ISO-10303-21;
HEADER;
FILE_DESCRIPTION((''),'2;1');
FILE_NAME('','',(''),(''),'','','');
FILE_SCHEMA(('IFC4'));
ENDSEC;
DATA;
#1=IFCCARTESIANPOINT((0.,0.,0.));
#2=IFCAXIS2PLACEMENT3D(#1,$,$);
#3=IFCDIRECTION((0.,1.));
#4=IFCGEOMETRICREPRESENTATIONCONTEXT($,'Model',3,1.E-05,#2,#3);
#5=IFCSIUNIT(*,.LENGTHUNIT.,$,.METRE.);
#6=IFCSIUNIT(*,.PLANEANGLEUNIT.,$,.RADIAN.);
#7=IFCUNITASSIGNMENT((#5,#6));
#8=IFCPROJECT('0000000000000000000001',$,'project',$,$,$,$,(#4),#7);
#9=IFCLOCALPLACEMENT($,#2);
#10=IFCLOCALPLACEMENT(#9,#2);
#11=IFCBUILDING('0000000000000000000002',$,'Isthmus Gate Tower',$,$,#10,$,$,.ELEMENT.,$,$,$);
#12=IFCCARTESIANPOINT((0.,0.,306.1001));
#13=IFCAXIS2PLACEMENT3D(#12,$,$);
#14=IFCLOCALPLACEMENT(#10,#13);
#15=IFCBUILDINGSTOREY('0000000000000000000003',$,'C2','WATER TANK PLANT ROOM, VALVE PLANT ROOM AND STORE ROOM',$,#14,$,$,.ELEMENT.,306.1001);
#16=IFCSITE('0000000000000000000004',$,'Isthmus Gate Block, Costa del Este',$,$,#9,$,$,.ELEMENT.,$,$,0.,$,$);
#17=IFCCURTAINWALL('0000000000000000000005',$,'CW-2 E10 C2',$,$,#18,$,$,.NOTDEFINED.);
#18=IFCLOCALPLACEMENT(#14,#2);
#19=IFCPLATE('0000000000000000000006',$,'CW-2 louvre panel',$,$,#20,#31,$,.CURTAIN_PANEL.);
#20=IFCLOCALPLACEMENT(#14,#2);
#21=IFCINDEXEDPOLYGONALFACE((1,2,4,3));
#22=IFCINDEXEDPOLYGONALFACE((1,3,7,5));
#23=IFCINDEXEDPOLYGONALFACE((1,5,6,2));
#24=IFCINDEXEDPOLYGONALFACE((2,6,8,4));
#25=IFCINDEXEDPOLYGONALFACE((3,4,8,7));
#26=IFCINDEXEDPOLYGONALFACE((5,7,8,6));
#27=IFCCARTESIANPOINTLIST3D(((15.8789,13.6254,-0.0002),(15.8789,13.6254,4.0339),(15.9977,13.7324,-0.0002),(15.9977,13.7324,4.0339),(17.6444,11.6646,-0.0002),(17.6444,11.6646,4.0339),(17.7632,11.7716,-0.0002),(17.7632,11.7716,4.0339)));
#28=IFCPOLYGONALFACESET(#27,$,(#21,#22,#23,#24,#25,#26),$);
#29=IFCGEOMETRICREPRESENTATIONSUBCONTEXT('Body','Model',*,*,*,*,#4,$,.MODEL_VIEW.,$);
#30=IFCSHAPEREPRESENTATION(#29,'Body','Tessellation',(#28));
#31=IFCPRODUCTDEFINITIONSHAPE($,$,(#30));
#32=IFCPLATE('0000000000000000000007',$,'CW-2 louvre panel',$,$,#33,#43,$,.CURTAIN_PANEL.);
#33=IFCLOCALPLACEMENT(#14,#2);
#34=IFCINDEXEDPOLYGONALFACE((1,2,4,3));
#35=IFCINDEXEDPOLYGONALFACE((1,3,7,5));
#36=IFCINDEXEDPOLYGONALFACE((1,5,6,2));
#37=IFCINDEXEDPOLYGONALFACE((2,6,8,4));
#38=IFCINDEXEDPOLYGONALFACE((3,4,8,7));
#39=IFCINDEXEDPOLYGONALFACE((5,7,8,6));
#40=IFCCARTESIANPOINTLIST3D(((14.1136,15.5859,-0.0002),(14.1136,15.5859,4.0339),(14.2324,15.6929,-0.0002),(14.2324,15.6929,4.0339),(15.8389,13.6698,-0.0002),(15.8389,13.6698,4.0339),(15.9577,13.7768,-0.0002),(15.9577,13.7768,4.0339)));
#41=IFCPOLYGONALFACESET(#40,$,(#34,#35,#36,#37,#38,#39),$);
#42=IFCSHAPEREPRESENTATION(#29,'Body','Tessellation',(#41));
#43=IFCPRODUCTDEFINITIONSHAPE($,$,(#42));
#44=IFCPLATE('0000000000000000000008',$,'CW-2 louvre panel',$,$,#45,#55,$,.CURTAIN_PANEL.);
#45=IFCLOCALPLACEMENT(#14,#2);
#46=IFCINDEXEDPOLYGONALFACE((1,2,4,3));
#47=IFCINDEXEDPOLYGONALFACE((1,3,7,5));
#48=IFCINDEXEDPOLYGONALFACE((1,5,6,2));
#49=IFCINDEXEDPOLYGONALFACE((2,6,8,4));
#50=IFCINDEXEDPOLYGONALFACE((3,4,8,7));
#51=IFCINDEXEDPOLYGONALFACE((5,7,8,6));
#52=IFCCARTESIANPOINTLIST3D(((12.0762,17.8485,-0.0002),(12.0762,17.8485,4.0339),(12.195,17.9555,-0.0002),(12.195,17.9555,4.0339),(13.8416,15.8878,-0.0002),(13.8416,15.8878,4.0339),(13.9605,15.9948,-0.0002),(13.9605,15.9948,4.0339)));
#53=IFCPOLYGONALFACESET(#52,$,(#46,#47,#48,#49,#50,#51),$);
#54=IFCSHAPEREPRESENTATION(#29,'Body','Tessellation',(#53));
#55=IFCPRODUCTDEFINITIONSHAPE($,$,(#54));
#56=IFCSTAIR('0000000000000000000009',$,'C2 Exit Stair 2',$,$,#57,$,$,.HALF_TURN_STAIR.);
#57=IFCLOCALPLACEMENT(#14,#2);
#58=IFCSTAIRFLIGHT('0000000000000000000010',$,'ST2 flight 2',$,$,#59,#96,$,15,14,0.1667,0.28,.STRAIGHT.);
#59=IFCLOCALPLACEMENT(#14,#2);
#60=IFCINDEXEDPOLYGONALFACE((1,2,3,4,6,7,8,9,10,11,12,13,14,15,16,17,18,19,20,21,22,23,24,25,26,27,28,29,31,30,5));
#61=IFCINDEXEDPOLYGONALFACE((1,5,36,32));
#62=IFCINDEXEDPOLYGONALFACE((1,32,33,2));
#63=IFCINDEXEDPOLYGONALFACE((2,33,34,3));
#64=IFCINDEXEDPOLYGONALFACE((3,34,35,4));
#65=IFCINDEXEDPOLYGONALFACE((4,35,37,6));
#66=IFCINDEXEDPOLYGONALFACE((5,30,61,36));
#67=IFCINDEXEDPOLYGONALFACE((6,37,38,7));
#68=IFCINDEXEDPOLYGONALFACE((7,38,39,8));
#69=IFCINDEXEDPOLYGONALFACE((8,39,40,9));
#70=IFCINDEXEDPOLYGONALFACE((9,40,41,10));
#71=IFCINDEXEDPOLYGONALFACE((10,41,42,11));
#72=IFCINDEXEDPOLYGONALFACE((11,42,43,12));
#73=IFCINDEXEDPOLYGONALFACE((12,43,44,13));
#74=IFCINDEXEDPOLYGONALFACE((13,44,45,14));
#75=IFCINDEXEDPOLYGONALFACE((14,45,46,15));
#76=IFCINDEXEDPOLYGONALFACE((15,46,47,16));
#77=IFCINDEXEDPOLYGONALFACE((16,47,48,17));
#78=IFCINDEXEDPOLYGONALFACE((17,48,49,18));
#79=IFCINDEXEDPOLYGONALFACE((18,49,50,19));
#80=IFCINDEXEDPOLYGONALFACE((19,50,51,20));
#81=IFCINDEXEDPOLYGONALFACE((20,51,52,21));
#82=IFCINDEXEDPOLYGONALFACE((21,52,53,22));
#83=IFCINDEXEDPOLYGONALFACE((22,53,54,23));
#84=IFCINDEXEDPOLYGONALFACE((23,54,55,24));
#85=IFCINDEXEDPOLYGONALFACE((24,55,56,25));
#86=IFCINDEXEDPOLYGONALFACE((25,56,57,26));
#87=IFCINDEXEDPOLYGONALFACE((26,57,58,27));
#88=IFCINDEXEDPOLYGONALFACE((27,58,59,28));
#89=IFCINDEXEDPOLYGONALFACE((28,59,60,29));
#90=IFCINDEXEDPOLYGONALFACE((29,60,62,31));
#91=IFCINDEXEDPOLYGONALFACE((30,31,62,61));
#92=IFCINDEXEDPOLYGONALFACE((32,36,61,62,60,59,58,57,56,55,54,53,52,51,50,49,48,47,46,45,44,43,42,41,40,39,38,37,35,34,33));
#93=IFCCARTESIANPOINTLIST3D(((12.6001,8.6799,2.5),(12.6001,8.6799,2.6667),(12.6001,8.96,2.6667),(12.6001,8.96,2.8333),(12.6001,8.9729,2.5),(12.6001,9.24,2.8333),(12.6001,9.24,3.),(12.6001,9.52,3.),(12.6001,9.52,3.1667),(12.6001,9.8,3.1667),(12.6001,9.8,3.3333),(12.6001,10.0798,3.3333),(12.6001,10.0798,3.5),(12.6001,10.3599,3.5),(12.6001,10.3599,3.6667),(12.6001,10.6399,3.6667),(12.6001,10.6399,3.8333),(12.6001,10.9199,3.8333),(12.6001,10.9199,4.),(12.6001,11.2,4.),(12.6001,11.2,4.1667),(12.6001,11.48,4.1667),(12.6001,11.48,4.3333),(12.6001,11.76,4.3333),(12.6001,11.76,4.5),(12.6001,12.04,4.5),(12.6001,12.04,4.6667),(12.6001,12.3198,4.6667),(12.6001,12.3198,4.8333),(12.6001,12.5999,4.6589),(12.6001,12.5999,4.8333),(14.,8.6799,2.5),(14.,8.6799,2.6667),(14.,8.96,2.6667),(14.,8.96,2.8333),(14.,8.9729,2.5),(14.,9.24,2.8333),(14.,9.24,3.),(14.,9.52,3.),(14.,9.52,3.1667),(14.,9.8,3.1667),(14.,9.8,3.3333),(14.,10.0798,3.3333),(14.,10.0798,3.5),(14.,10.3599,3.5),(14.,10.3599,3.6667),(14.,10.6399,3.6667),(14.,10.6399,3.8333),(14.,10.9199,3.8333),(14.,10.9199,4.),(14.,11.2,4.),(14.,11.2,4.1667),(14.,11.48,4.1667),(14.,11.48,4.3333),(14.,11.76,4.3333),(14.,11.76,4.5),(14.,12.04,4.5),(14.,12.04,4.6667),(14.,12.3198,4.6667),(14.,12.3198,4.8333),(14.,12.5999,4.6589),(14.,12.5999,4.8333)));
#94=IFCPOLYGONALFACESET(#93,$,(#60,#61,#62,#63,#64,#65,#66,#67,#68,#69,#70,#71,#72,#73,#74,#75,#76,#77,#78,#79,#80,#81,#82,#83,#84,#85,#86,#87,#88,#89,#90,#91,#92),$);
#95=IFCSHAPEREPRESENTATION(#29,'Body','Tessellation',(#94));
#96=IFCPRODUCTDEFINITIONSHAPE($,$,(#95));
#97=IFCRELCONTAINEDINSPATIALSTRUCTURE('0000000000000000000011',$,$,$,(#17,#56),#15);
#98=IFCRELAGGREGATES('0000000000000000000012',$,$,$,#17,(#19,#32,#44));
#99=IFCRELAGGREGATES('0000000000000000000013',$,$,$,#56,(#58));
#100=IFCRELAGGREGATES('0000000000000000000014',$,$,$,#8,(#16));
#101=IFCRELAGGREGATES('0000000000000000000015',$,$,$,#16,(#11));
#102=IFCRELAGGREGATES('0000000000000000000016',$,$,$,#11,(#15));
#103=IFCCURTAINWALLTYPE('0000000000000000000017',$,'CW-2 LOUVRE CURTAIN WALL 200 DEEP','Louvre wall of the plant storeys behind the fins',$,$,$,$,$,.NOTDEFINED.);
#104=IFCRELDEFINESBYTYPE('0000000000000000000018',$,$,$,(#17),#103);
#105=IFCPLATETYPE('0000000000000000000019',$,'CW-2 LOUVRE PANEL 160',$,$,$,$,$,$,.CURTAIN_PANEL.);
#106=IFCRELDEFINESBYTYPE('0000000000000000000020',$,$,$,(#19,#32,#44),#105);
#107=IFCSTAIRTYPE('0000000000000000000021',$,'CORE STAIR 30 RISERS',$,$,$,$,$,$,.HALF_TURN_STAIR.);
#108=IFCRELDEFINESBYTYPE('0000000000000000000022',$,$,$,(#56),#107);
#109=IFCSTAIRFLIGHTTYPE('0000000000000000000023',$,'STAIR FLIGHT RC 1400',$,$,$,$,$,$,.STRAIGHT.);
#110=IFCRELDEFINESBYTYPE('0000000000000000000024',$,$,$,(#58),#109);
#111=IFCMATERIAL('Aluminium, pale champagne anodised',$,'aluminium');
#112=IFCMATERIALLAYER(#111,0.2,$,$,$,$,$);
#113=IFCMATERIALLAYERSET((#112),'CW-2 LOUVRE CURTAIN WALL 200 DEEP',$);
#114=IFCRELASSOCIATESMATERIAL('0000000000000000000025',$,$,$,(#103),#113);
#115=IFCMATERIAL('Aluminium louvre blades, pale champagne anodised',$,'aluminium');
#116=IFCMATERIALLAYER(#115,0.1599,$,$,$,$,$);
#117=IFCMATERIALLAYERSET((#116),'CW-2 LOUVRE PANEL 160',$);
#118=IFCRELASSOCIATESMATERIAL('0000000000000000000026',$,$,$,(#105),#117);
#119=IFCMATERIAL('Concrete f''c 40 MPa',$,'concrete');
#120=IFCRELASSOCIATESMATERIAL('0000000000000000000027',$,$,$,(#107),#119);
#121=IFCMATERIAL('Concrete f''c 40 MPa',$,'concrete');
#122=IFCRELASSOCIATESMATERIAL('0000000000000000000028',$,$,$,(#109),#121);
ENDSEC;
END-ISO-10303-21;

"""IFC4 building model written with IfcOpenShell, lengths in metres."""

from ifc_helpers import new_model, si_unit, direction, frame, origin, origin_2d, place, context, subcontext, project, spatial, polyline, rectangle, outline, extrude, material, layer, layer_set, type_object, element, aggregate, save


model = new_model("IFC4")

# Units and contexts
model_context = context("Model", 3, precision=1e-05, world=origin(), true_north=direction((0.0, 1.0)))
body_context = subcontext(model_context, "Body", "Model", "MODEL_VIEW")
ifc_project = project(units=[si_unit("LENGTHUNIT", "METRE"), si_unit("PLANEANGLEUNIT", "RADIAN")], contexts=[model_context])

# Site, building, storey
site_placement = place(None, origin())
site = spatial("IfcSite", under=ifc_project, at=site_placement, Name="Isthmus Gate Block, Costa del Este", CompositionType="ELEMENT", RefElevation=0.0)
building_placement = place(site_placement, origin())
building = spatial("IfcBuilding", under=site, at=building_placement, Name="Isthmus Gate Tower", CompositionType="ELEMENT")
storey_placement = place(building_placement, frame((0.0, 0.0, 306.1001)))
storey = spatial("IfcBuildingStorey", under=building, at=storey_placement, Name="C2", Description="WATER TANK PLANT ROOM, VALVE PLANT ROOM AND STORE ROOM", CompositionType="ELEMENT", Elevation=306.1001)

# Curtain wall
ifc_material_1 = material(Name="Aluminium, pale champagne anodised", Category="aluminium")
ifc_layer_1 = layer(ifc_material_1, 0.2)
ifc_layer_set_1 = layer_set([ifc_layer_1], Name="CW-2 LOUVRE CURTAIN WALL 200 DEEP")
curtain_wall_type = type_object("IfcCurtainWallType", Name="CW-2 LOUVRE CURTAIN WALL 200 DEEP", Description="Louvre wall of the plant storeys behind the fins", PredefinedType="NOTDEFINED", material=ifc_layer_set_1)
curtain_wall_placement = place(storey_placement, origin())
curtain_wall = element("IfcCurtainWall", 1, at=curtain_wall_placement, inside=storey, type_object=curtain_wall_type, Name="CW-2 E10 C2", PredefinedType="NOTDEFINED")

# Plates
ifc_material_2 = material(Name="Aluminium louvre blades, pale champagne anodised", Category="aluminium")
ifc_layer_2 = layer(ifc_material_2, 0.1599)
ifc_layer_set_2 = layer_set([ifc_layer_2], Name="CW-2 LOUVRE PANEL 160")
plate_type = type_object("IfcPlateType", Name="CW-2 LOUVRE PANEL 160", PredefinedType="CURTAIN_PANEL", material=ifc_layer_set_2)
plate_1_placement = place(storey_placement, frame((16.821, 12.6985, -0.0002), z_axis=(0.0, 0.0, 1.0), x_axis=(-0.669131, 0.743145, 0.0)))
plate_1 = element("IfcPlate", 2, at=plate_1_placement, type_object=plate_type, Name="CW-2 louvre panel", PredefinedType="CURTAIN_PANEL", context=body_context, shape_type="SweptSolid", body=[
    extrude(rectangle(XDim=2.6384, YDim=0.1599, at=origin_2d()), origin(), (0.0, 0.0, 1.0), 4.0342),
])
plate_2_placement = place(storey_placement, frame((15.0356, 14.6814, -0.0002), z_axis=(0.0, 0.0, 1.0), x_axis=(-0.669131, 0.743145, 0.0)))
plate_2 = element("IfcPlate", 3, at=plate_2_placement, type_object=plate_type, Name="CW-2 louvre panel", PredefinedType="CURTAIN_PANEL", context=body_context, shape_type="SweptSolid", body=[
    extrude(rectangle(XDim=2.5784, YDim=0.1599, at=origin_2d()), origin(), (0.0, 0.0, 1.0), 4.0342),
])
plate_3_placement = place(storey_placement, frame((13.0183, 16.9216, -0.0002), z_axis=(0.0, 0.0, 1.0), x_axis=(-0.669131, 0.743145, 0.0)))
plate_3 = element("IfcPlate", 4, at=plate_3_placement, type_object=plate_type, Name="CW-2 louvre panel", PredefinedType="CURTAIN_PANEL", context=body_context, shape_type="SweptSolid", body=[
    extrude(rectangle(XDim=2.6384, YDim=0.1599, at=origin_2d()), origin(), (0.0, 0.0, 1.0), 4.0342),
])
aggregate(curtain_wall, [plate_1, plate_2, plate_3])

# Stair, stair flight
ifc_material_3 = material(Name="Concrete f'c 40 MPa", Category="concrete")
stair_type = type_object("IfcStairType", Name="CORE STAIR 30 RISERS", PredefinedType="HALF_TURN_STAIR", material=ifc_material_3)
stair_placement = place(storey_placement, origin())
stair = element("IfcStair", 5, at=stair_placement, inside=storey, type_object=stair_type, Name="C2 Exit Stair 2", PredefinedType="HALF_TURN_STAIR")
ifc_material_4 = material(Name="Concrete f'c 40 MPa", Category="concrete")
stair_flight_type = type_object("IfcStairFlightType", Name="STAIR FLIGHT RC 1400", PredefinedType="STRAIGHT", material=ifc_material_4)
stair_flight_placement = place(storey_placement, frame((13.3, 8.6799, 2.5), z_axis=(0.0, 0.0, 1.0), x_axis=(0.0, 1.0, 0.0)))
stair_flight = element("IfcStairFlight", 6, at=stair_flight_placement, type_object=stair_flight_type, Name="ST2 flight 2", NumberOfRisers=15, NumberOfTreads=14, PredefinedType="STRAIGHT", RiserHeight=0.1667, TreadLength=0.28, context=body_context, shape_type="SweptSolid", body=[
    extrude(outline(polyline([(0.0, 0.0), (0.0, 0.1667), (0.28, 0.1667), (0.28, 0.3333), (0.5601, 0.3333), (0.5601, 0.5), (0.8401, 0.5), (0.8401, 0.6667), (1.1201, 0.6667), (1.1201, 0.8333), (1.3999, 0.8333), (1.3999, 1.0), (1.6799, 1.0), (1.6799, 1.1667), (1.96, 1.1667), (1.96, 1.3333), (2.24, 1.3333), (2.24, 1.5), (2.52, 1.5), (2.52, 1.6667), (2.8, 1.6667), (2.8, 1.8333), (3.0801, 1.8333), (3.0801, 2.0), (3.3601, 2.0), (3.3601, 2.1667), (3.6399, 2.1667), (3.6399, 2.3333), (3.9199, 2.3333), (3.9199, 2.5), (3.9199, 2.1589), (0.293, 0.0), (0.0, 0.0)])), frame((0.0, 0.7, 0.0), z_axis=(0.0, -1.0, 0.0), x_axis=(1.0, 0.0, 0.0)), (0.0, 0.0, 1.0), 1.3999),
])
aggregate(stair, [stair_flight])

save(model, "model.ifc")
